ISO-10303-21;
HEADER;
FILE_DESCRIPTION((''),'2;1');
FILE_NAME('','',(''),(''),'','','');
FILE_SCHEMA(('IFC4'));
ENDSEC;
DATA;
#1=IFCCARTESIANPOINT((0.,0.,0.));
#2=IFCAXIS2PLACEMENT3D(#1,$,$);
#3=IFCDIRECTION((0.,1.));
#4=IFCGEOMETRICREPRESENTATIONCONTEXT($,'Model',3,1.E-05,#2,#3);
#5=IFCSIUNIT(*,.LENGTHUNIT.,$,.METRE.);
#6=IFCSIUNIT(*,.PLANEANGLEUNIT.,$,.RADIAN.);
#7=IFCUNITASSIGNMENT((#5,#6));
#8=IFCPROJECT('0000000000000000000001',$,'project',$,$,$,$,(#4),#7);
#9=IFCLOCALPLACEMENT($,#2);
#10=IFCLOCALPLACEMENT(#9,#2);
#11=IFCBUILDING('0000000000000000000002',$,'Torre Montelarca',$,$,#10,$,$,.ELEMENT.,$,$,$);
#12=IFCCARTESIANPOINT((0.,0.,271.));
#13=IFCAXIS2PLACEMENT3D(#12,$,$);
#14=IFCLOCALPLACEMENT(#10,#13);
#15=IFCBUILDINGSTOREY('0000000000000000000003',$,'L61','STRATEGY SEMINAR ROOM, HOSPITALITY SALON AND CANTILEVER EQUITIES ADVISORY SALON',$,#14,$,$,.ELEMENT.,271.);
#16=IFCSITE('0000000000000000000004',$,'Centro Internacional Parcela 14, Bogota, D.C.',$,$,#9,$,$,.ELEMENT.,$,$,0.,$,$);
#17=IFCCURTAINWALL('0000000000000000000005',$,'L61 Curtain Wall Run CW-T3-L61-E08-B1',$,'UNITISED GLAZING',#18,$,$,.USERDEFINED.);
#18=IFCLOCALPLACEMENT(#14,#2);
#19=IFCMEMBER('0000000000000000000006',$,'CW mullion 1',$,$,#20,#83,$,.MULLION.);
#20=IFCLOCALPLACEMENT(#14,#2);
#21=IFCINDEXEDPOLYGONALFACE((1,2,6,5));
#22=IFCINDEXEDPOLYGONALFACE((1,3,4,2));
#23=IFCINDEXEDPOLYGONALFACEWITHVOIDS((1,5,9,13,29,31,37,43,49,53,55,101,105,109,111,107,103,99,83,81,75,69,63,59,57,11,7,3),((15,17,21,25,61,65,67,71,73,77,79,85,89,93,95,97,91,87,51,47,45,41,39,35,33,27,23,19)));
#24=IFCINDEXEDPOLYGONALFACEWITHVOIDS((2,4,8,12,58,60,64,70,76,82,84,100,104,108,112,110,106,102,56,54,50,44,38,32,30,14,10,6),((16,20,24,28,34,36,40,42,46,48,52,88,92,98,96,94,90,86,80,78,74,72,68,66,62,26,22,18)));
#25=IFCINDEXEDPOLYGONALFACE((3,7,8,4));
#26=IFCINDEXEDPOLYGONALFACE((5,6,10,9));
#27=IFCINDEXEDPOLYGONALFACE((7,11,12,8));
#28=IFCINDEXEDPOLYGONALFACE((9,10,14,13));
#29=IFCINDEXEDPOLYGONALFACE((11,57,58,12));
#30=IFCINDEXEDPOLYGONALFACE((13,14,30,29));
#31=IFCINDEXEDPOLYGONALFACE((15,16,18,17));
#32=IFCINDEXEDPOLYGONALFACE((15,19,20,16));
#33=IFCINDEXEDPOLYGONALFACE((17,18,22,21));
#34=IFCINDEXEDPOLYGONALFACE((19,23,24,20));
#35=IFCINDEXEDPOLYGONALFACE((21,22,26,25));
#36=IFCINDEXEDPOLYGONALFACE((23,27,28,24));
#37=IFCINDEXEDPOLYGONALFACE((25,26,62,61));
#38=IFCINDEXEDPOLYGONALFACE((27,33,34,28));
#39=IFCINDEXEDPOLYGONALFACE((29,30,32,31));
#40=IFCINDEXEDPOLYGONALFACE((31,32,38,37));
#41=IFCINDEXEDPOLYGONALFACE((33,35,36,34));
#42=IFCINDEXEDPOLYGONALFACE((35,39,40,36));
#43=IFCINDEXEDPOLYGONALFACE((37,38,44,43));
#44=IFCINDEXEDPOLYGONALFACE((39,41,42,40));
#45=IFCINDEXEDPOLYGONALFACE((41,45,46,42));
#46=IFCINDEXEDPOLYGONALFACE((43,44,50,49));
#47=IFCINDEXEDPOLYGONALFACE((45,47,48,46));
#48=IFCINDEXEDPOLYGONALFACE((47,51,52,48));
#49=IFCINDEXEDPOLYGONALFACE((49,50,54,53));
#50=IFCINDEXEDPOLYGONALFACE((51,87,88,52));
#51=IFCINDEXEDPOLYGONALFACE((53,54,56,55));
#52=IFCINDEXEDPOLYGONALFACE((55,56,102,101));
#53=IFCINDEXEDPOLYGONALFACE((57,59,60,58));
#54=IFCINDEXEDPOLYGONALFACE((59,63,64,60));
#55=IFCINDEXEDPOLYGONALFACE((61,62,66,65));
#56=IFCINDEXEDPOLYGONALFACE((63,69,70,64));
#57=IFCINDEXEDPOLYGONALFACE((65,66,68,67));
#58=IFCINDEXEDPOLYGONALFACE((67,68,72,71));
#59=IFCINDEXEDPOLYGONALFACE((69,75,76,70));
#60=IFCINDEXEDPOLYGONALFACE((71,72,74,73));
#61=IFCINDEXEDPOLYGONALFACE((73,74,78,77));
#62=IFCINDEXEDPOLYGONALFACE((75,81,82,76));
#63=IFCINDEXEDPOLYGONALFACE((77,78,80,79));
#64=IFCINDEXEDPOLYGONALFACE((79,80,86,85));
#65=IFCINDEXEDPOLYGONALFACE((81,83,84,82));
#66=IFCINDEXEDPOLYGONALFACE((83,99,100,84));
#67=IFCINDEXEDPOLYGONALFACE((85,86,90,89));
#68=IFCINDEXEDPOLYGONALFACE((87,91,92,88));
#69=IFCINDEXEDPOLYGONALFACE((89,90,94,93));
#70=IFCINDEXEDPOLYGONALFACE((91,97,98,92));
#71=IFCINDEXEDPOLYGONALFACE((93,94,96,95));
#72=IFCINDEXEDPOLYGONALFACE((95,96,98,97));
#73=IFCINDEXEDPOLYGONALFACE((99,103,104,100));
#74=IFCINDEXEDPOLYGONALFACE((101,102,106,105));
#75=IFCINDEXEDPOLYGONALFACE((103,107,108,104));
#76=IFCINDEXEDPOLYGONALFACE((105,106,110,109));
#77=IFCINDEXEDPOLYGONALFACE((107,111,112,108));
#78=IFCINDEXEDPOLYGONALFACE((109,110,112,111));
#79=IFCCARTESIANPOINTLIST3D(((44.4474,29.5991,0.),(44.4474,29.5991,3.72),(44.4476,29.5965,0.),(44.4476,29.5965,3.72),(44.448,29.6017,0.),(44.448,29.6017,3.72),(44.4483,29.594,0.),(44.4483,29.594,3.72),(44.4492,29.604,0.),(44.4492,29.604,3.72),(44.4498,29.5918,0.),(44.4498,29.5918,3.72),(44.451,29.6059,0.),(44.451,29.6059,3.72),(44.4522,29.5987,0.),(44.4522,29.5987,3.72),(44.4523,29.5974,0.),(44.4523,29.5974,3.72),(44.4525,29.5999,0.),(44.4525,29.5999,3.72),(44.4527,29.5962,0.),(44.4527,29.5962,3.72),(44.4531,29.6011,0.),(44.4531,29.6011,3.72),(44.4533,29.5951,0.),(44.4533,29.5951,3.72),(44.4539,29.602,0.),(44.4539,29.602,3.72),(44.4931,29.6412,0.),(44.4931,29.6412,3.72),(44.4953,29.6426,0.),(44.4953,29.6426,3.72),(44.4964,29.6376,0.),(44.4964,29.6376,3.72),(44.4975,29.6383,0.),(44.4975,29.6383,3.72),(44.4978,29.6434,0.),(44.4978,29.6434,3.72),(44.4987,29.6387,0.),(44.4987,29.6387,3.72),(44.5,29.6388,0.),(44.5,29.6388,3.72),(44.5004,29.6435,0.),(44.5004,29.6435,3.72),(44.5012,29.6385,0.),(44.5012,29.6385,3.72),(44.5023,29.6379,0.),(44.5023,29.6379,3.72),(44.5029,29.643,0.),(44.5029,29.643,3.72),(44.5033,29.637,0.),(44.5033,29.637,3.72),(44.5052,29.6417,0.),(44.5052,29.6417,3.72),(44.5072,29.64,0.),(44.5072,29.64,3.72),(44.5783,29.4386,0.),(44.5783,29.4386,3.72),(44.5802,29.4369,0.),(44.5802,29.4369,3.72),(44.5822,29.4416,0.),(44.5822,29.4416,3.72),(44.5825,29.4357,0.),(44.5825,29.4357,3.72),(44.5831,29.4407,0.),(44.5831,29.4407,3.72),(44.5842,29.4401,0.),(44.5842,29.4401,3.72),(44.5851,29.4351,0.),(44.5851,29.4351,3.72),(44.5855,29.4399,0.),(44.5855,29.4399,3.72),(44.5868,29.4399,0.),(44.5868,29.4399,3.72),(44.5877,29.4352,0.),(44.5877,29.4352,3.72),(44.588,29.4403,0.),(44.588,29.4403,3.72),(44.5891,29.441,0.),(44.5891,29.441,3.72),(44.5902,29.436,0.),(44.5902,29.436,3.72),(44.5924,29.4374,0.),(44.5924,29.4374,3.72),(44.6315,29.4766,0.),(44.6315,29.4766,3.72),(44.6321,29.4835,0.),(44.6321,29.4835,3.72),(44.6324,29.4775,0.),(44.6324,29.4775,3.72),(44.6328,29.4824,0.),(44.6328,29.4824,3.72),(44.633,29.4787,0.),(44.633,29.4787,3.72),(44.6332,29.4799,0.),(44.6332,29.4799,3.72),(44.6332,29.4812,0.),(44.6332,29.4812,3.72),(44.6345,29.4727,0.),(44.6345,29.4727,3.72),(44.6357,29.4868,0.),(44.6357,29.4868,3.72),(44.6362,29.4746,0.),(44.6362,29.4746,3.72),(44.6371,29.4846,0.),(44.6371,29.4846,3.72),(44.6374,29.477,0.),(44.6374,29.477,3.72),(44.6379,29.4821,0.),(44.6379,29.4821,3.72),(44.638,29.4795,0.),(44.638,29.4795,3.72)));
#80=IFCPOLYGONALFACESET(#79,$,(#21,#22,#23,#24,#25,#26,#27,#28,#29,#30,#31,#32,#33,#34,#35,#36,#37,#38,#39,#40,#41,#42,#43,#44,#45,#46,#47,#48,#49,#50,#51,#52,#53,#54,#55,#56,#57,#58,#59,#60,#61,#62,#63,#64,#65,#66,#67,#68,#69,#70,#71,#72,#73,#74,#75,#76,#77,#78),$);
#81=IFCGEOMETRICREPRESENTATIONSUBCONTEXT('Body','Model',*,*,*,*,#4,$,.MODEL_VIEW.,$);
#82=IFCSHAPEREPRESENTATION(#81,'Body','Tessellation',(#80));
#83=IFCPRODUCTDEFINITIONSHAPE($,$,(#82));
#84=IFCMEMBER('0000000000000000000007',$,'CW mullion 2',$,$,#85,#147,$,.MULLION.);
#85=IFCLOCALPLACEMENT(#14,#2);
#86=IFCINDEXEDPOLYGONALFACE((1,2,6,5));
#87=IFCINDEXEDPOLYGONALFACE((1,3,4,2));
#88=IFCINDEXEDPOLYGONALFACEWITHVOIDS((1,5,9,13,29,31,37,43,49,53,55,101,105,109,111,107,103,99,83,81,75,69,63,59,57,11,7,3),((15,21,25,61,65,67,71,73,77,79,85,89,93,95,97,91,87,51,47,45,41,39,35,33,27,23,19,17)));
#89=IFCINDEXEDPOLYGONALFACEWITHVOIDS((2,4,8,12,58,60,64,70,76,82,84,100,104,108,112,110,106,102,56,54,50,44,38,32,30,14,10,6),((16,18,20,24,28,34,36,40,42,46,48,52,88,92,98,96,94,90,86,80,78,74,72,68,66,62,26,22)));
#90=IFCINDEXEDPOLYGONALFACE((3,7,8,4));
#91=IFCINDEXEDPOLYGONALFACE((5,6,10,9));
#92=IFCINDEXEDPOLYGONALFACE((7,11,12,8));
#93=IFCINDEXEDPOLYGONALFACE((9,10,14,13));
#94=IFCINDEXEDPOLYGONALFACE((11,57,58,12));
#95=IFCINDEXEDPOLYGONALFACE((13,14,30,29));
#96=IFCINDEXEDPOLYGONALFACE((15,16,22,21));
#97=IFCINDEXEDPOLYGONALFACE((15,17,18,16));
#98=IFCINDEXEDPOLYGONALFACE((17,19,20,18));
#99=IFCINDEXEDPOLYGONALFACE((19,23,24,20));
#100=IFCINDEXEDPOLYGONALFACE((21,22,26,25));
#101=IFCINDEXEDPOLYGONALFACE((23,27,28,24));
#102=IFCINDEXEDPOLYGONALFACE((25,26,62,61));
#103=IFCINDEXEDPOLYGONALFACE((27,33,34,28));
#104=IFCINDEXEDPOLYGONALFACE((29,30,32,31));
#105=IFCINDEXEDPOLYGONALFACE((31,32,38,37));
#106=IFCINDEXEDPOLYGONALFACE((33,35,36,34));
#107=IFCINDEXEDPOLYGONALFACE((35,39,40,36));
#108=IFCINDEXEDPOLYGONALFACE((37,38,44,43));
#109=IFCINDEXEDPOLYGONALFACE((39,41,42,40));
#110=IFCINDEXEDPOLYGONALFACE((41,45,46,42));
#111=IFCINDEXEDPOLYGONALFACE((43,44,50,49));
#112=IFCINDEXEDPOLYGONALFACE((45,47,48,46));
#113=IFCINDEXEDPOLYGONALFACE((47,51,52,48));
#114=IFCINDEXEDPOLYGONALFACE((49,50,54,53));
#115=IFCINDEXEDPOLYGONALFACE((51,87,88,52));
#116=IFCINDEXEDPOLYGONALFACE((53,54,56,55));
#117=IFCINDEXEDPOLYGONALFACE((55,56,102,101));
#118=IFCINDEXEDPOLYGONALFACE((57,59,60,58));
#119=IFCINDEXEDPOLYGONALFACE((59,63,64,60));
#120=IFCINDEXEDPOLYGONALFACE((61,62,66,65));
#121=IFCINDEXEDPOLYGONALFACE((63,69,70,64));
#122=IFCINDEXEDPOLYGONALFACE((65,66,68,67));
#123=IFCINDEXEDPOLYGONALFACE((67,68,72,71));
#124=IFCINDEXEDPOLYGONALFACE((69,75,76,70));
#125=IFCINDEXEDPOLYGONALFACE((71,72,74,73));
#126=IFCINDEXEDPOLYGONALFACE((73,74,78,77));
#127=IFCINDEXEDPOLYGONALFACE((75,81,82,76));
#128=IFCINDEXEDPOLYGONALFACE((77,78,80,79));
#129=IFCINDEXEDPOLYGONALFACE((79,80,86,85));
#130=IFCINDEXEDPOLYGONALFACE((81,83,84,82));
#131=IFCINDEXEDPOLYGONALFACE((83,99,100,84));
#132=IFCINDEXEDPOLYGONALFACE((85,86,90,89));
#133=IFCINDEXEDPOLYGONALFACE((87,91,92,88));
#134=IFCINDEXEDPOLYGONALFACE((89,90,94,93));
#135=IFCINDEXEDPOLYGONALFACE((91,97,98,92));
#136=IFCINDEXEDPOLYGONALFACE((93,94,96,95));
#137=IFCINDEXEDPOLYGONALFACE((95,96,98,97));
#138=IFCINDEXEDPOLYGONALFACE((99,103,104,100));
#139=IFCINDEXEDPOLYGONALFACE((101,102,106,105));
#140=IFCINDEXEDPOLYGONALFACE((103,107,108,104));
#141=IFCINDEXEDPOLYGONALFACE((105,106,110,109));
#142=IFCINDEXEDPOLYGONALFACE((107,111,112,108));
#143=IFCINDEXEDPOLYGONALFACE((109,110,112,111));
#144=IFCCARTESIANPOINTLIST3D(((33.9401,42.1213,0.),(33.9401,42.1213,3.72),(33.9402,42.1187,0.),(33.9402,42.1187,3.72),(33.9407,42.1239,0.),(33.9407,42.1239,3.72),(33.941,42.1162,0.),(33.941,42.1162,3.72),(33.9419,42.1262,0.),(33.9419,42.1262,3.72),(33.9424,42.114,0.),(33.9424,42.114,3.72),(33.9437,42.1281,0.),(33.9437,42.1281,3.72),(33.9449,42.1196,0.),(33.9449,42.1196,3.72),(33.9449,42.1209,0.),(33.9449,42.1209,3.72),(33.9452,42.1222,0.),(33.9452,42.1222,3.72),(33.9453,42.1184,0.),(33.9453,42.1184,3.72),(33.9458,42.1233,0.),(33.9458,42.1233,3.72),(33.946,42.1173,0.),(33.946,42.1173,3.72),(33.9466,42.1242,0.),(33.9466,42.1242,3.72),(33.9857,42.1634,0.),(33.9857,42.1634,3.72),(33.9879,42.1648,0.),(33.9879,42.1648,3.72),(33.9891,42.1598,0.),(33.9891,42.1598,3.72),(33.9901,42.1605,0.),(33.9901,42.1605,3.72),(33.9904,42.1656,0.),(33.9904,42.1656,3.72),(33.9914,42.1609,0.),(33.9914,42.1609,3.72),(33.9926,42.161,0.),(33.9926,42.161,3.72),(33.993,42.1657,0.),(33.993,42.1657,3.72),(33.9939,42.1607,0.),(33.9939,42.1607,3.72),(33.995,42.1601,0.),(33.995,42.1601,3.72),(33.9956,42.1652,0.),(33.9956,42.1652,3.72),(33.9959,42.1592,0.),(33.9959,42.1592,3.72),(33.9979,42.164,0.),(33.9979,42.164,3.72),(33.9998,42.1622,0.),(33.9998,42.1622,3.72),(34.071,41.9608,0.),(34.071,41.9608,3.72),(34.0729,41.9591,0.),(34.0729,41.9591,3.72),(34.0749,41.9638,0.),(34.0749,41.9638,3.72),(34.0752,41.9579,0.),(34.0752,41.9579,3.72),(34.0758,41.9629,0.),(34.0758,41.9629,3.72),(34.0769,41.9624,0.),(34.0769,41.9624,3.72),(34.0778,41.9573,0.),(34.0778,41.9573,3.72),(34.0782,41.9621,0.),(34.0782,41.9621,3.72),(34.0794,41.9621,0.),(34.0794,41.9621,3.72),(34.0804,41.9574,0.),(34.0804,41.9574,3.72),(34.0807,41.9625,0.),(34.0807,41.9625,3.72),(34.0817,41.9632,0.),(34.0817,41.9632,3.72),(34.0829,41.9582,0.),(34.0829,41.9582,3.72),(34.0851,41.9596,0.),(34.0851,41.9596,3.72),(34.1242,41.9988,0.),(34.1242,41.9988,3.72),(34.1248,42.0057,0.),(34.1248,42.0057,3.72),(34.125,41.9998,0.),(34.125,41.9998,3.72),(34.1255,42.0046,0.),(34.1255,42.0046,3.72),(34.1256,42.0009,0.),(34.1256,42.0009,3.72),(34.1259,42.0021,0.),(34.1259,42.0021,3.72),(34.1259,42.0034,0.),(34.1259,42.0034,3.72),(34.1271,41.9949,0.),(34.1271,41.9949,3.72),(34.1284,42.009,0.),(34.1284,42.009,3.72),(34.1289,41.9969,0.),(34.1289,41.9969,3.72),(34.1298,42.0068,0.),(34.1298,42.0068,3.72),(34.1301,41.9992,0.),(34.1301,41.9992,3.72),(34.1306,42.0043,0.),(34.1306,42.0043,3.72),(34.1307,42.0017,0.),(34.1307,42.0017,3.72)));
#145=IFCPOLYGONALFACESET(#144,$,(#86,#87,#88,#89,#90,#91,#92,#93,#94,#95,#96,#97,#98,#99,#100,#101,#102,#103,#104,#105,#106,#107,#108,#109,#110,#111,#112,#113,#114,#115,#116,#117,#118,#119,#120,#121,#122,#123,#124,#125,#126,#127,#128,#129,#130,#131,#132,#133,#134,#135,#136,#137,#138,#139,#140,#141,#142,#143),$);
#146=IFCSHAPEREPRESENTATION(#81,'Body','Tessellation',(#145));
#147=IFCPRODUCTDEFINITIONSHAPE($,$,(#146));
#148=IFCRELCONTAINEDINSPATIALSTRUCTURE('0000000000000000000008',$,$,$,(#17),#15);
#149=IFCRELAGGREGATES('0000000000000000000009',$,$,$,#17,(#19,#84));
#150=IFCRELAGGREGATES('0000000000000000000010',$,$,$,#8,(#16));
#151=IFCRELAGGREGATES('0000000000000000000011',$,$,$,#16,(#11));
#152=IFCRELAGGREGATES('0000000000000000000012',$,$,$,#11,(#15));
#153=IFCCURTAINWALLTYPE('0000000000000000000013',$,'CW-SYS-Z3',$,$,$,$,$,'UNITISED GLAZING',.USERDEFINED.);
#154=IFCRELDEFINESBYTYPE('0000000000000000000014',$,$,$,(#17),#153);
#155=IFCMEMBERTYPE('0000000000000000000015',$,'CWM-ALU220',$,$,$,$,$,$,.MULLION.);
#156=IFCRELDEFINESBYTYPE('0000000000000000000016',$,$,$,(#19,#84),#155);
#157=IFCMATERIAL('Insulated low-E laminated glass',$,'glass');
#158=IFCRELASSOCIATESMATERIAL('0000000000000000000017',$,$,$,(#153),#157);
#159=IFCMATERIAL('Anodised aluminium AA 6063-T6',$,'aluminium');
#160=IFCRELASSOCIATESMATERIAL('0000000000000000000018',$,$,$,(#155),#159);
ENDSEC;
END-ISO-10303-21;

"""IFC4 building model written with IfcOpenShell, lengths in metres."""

from ifc_helpers import new_model, si_unit, direction, frame, origin, origin_2d, place, context, subcontext, project, spatial, hollow_rectangle, extrude, source, transform, mapped, material, material_profile, profile_set, type_object, element, aggregate, save


model = new_model("IFC4")

# Units and contexts
model_context = context("Model", 3, precision=1e-05, world=origin(), true_north=direction((0.0, 1.0)))
body_context = subcontext(model_context, "Body", "Model", "MODEL_VIEW")
ifc_project = project(units=[si_unit("LENGTHUNIT", "METRE"), si_unit("PLANEANGLEUNIT", "RADIAN")], contexts=[model_context])

# Site, building, storey
site_placement = place(None, origin())
site = spatial("IfcSite", under=ifc_project, at=site_placement, Name="Centro Internacional Parcela 14, Bogota, D.C.", CompositionType="ELEMENT", RefElevation=0.0)
building_placement = place(site_placement, origin())
building = spatial("IfcBuilding", under=site, at=building_placement, Name="Torre Montelarca", CompositionType="ELEMENT")
storey_placement = place(building_placement, frame((0.0, 0.0, 271.0)))
storey = spatial("IfcBuildingStorey", under=building, at=storey_placement, Name="L61", Description="STRATEGY SEMINAR ROOM, HOSPITALITY SALON AND CANTILEVER EQUITIES ADVISORY SALON", CompositionType="ELEMENT", Elevation=271.0)

# Shared definitions
ifc_material_1 = material(Name="Insulated low-E laminated glass", Category="glass")
curtain_wall_type = type_object("IfcCurtainWallType", Name="CW-SYS-Z3", ElementType="UNITISED GLAZING", PredefinedType="USERDEFINED", material=ifc_material_1)
ifc_material_2 = material(Name="Anodised aluminium AA 6063-T6", Category="aluminium")
ifc_material_profile_1 = material_profile(ifc_material_2, hollow_rectangle(XDim=0.075, YDim=0.22, WallThickness=0.0049, InnerFilletRadius=0.0049, OuterFilletRadius=0.01, at=origin_2d()), Name="ALU75X220X5", Category="aluminium")
ifc_profile_set_1 = profile_set([ifc_material_profile_1], Name="Anodised aluminium AA 6063-T6")
member_type_1 = type_object("IfcMemberType", Name="CWM-ALU220", PredefinedType="MULLION", material=ifc_profile_set_1)
shared_shape_1 = source(origin(), body_context, "Body", "SweptSolid", [
    extrude(hollow_rectangle(XDim=0.075, YDim=0.22, WallThickness=0.0049, InnerFilletRadius=0.0049, OuterFilletRadius=0.01, at=origin_2d()), origin(), (0.0, 0.0, 1.0), 3.72),
])

# Curtain wall, members
curtain_wall_1_placement = place(storey_placement, origin())
curtain_wall_1 = element("IfcCurtainWall", 1, at=curtain_wall_1_placement, inside=storey, type_object=curtain_wall_type, Name="L61 Curtain Wall Run CW-T3-L61-E08-B1", ObjectType="UNITISED GLAZING", PredefinedType="USERDEFINED")
member_1_placement = place(storey_placement, frame((44.5427, 29.5393, 0.0), z_axis=(0.0, 0.0, 1.0), x_axis=(-0.766046, -0.642786, 0.0)))
member_1 = element("IfcMember", 2, at=member_1_placement, type_object=member_type_1, Name="CW mullion 1", PredefinedType="MULLION", context=body_context, shape_type="MappedRepresentation", body=[
    mapped(shared_shape_1, transform((0.0, 0.0, 0.0), scale=1.0)),
])
member_2_placement = place(storey_placement, frame((34.0354, 42.0615, 0.0), z_axis=(0.0, 0.0, 1.0), x_axis=(-0.766046, -0.642786, 0.0)))
member_2 = element("IfcMember", 3, at=member_2_placement, type_object=member_type_1, Name="CW mullion 2", PredefinedType="MULLION", context=body_context, shape_type="MappedRepresentation", body=[
    mapped(shared_shape_1, transform((0.0, 0.0, 0.0), scale=1.0)),
])
aggregate(curtain_wall_1, [member_1, member_2])

save(model, "model.ifc")
